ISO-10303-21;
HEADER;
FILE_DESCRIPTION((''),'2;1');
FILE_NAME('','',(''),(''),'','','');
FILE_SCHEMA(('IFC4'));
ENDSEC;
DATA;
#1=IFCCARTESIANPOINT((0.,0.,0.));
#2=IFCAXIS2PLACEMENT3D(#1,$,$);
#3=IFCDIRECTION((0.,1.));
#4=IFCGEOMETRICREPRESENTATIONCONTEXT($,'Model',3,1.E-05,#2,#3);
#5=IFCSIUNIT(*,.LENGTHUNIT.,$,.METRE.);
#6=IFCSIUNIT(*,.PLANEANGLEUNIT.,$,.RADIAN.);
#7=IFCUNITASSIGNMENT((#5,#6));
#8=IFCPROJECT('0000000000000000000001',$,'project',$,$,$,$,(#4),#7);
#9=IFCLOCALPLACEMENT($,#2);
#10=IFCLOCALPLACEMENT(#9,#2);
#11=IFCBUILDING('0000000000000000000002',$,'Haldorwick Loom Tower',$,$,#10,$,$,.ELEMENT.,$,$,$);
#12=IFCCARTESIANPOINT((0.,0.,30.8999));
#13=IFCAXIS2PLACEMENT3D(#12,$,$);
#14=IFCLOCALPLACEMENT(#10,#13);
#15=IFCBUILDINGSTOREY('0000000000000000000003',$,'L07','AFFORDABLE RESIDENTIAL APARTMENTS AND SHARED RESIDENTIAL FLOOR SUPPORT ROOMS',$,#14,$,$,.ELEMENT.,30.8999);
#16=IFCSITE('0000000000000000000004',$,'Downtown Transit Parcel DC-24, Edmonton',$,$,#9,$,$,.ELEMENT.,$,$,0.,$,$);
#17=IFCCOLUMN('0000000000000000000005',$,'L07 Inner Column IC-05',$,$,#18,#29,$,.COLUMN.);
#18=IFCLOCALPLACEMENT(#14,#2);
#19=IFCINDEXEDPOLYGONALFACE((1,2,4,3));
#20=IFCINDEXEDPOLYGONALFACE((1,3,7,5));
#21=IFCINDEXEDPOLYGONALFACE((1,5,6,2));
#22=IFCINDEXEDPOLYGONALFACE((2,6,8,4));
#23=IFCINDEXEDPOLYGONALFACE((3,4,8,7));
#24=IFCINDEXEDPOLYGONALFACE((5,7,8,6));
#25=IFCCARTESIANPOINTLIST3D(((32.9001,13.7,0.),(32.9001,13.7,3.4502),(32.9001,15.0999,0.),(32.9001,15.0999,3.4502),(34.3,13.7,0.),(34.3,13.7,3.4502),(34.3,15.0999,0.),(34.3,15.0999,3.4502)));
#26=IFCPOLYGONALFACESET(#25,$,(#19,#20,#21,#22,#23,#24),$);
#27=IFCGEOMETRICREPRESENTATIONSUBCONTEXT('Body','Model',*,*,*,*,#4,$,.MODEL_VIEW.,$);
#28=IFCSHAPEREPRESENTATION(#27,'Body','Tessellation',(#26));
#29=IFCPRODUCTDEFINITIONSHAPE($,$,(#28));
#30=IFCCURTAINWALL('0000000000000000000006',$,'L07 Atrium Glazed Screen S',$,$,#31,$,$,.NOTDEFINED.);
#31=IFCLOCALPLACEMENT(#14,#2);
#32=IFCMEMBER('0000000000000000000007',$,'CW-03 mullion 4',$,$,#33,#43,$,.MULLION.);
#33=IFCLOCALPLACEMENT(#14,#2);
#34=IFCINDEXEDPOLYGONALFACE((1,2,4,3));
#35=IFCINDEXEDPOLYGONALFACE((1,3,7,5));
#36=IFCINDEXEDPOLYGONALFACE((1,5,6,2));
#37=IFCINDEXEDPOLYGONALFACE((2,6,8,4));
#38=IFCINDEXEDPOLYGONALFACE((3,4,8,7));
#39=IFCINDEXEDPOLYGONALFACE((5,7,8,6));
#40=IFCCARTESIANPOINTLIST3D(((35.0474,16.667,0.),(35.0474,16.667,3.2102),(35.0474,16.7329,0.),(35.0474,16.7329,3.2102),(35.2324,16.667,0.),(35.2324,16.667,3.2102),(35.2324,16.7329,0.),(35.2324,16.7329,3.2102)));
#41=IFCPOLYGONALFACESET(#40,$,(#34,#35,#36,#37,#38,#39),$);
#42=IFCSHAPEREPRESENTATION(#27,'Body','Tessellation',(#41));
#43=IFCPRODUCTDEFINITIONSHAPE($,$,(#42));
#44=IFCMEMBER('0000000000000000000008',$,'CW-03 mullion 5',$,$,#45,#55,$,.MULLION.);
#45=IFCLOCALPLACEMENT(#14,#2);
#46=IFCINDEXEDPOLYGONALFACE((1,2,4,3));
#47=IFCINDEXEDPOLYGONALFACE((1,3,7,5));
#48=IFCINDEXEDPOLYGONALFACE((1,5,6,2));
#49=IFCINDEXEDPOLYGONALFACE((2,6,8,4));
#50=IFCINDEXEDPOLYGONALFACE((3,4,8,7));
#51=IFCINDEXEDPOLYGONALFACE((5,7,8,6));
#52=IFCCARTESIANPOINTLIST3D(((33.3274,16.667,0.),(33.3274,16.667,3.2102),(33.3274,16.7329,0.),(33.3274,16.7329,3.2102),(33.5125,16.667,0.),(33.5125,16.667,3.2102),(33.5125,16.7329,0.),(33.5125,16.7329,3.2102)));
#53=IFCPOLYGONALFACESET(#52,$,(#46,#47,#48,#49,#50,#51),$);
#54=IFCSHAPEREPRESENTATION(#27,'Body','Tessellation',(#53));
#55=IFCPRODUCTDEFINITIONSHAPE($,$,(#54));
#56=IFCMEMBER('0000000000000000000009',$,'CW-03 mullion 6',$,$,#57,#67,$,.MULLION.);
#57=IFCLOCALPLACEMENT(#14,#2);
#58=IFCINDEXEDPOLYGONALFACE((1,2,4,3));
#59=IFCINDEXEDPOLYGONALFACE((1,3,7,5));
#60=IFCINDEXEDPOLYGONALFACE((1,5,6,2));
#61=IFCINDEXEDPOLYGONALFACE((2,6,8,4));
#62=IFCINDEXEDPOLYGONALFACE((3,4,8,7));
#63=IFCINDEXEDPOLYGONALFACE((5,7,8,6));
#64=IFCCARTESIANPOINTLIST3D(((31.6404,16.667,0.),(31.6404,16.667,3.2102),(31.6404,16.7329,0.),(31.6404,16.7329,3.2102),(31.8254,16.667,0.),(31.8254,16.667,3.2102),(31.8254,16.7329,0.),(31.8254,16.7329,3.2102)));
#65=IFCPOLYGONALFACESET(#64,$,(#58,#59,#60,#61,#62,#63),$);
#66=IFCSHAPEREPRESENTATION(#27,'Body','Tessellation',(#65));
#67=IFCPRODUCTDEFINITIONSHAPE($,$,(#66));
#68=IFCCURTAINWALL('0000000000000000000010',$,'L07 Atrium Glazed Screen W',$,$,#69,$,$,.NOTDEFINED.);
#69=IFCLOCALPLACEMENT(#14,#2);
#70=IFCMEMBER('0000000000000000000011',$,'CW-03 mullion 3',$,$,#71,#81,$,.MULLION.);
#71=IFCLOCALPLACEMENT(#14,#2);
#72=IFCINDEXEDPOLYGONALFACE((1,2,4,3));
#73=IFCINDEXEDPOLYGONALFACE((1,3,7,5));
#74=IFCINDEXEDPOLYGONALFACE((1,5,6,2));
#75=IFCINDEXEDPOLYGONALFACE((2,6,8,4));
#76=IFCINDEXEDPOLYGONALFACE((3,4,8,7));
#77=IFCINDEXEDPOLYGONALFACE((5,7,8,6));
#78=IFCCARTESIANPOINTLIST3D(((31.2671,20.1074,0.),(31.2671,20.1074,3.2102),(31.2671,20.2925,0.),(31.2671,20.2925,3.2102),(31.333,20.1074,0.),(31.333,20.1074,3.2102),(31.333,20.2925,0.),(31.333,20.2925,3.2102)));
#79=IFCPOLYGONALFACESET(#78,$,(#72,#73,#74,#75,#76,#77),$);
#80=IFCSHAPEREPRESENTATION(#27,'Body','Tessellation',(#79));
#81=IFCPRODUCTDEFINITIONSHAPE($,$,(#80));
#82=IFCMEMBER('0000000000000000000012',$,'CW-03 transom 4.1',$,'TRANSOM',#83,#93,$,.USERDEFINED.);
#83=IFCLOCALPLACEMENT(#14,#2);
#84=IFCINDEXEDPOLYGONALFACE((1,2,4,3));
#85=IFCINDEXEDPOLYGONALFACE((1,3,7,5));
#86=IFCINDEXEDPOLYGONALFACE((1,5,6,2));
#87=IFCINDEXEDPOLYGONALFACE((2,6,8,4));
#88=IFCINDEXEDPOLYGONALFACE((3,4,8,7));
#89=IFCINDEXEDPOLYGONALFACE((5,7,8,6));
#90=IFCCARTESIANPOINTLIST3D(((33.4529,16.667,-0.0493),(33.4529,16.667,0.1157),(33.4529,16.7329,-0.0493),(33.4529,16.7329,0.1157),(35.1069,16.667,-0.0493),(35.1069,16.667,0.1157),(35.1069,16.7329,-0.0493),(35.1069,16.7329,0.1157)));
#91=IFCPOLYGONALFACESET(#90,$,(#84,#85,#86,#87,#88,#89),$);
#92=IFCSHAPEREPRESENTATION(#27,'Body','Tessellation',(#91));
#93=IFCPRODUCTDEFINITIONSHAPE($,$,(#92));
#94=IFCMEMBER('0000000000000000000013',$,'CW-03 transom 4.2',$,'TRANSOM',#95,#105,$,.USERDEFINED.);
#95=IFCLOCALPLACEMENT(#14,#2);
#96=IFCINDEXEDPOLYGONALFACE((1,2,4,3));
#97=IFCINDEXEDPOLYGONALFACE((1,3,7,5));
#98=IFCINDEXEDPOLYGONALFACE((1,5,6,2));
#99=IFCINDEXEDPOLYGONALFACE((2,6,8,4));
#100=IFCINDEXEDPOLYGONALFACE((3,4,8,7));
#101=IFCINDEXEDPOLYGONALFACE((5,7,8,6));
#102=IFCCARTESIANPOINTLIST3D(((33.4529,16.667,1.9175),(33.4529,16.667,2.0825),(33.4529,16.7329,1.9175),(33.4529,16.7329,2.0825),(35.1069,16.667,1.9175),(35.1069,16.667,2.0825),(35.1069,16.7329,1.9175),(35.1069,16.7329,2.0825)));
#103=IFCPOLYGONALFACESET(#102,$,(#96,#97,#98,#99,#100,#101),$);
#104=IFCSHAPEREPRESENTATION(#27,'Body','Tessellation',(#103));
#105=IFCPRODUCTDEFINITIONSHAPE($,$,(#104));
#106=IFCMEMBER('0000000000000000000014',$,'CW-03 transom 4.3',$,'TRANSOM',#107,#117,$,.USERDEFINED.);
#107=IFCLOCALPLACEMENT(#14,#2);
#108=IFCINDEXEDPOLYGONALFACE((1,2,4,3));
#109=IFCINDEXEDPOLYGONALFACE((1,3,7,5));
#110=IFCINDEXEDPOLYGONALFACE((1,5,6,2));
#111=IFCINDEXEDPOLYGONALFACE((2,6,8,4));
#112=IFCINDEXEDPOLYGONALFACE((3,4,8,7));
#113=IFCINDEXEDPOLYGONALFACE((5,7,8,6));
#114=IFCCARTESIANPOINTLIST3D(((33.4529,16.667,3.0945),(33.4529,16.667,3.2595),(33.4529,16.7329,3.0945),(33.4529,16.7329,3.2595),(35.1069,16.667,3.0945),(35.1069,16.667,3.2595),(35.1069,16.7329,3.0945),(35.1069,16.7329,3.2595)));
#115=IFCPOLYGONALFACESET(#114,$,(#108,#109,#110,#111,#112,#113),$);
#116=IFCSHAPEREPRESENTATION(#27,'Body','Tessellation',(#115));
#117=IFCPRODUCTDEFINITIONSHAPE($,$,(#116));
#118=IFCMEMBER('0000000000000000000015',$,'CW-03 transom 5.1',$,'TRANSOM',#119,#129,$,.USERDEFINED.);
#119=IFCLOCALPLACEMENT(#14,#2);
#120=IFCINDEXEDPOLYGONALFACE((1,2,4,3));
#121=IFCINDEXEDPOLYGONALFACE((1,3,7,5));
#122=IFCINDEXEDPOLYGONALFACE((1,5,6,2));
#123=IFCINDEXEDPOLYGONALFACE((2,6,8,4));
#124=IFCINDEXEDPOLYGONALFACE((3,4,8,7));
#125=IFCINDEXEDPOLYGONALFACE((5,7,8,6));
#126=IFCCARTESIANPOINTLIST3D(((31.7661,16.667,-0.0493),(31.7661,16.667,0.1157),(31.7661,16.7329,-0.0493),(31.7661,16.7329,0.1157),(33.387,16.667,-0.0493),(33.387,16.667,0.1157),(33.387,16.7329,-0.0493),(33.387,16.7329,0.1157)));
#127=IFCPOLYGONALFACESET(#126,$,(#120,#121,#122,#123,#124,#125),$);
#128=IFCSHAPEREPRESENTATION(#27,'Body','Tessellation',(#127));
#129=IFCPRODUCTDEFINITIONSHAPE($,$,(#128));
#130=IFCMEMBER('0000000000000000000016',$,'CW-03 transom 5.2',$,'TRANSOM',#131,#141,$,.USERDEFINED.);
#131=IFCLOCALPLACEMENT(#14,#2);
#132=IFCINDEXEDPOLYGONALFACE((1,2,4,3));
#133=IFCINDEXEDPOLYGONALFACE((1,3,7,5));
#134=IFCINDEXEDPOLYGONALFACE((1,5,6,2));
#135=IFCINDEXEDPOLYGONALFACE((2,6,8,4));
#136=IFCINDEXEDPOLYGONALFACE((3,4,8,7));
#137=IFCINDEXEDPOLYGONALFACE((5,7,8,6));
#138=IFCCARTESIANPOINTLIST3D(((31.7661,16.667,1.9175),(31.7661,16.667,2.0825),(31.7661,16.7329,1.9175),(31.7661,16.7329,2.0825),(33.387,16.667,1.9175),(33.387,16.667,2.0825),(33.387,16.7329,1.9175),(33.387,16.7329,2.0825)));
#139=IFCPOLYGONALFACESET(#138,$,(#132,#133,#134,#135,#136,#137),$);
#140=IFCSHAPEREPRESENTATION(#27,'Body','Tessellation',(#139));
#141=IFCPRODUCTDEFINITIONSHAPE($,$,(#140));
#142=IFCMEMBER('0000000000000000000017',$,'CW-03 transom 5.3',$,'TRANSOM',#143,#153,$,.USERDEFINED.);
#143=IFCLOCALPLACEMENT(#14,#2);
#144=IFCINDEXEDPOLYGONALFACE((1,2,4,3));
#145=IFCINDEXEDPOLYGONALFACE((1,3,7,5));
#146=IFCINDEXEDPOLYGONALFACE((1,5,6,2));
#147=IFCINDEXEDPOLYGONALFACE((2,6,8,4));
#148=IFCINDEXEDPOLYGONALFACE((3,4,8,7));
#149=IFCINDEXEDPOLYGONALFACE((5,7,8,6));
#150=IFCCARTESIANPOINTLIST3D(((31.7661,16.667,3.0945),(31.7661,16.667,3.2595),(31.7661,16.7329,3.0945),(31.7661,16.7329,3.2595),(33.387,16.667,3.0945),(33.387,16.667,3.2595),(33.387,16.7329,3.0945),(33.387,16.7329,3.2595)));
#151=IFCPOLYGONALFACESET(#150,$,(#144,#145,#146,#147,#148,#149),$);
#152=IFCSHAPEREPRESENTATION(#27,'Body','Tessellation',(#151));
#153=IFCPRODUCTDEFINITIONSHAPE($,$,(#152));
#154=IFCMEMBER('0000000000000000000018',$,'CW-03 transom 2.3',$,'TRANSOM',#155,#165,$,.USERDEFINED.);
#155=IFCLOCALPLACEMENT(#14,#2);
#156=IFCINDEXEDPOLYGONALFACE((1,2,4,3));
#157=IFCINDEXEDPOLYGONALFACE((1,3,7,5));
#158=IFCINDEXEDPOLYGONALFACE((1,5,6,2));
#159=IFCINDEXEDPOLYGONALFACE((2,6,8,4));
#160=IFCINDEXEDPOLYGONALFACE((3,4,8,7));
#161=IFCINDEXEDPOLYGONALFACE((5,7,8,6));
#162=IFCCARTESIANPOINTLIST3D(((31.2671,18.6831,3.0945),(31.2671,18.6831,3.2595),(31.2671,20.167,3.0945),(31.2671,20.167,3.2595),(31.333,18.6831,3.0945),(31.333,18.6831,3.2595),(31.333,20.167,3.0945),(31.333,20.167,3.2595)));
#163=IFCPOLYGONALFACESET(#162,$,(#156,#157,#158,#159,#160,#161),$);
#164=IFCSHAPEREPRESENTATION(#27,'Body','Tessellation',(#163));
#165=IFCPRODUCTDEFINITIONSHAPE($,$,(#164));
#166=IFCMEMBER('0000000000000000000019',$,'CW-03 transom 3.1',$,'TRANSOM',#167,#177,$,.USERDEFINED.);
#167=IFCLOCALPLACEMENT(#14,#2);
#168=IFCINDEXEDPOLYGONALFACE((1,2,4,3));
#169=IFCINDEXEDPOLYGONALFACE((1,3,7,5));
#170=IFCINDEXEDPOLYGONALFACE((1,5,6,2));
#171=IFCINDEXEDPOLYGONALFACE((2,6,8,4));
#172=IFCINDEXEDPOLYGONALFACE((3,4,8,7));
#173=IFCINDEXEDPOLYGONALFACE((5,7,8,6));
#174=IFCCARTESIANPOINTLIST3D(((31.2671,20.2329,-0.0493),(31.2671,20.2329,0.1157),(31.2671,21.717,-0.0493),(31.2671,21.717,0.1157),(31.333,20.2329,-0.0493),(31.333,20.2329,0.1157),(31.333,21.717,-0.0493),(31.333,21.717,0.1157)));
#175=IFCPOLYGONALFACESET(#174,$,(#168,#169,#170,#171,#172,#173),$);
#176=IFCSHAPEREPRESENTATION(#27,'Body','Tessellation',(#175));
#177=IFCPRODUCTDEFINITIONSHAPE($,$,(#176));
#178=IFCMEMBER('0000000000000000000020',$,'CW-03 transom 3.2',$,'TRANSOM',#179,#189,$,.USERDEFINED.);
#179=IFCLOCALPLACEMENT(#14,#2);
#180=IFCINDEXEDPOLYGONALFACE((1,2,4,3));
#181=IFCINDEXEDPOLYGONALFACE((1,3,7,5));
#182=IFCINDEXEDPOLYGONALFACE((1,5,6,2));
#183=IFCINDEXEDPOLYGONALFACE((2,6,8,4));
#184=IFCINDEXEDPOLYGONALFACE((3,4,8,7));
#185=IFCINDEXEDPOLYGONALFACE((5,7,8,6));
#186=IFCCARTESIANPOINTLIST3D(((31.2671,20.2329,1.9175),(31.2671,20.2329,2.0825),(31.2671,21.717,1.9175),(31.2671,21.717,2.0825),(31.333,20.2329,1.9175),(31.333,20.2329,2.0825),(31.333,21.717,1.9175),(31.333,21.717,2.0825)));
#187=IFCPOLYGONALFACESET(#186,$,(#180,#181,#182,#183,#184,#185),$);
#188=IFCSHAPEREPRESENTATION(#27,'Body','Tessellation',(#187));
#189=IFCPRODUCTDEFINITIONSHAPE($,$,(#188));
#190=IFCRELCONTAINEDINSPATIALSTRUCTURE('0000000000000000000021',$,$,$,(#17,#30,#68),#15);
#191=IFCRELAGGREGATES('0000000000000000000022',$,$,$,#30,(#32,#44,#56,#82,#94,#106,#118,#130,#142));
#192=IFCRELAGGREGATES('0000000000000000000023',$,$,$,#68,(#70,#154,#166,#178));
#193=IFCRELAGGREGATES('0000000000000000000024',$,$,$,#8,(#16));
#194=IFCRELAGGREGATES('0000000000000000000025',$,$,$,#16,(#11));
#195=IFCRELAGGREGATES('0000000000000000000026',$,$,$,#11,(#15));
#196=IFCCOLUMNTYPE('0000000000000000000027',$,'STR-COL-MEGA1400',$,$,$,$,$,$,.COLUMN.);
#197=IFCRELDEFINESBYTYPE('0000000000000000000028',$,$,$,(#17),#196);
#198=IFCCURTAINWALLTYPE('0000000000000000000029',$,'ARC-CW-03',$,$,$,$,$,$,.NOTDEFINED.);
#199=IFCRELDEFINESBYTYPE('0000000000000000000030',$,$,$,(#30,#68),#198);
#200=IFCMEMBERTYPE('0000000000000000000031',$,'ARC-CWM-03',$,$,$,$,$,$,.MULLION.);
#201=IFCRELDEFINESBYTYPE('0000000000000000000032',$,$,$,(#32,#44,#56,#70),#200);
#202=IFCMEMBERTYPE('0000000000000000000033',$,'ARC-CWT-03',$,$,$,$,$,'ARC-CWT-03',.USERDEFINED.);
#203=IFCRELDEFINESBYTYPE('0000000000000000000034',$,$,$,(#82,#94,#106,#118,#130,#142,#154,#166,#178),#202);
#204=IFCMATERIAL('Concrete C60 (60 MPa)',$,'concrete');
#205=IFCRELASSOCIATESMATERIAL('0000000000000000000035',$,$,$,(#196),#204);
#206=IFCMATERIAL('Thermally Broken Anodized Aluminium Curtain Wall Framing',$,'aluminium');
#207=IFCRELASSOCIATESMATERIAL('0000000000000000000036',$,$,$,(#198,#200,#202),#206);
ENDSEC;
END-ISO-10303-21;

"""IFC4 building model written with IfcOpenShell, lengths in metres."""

from ifc_helpers import new_model, si_unit, direction, frame, origin, origin_2d, place, context, subcontext, project, spatial, rectangle, extrude, material, material_profile, profile_set, type_object, element, aggregate, save


model = new_model("IFC4")

# Units and contexts
model_context = context("Model", 3, precision=1e-05, world=origin(), true_north=direction((0.0, 1.0)))
body_context = subcontext(model_context, "Body", "Model", "MODEL_VIEW")
ifc_project = project(units=[si_unit("LENGTHUNIT", "METRE"), si_unit("PLANEANGLEUNIT", "RADIAN")], contexts=[model_context])

# Site, building, storey
site_placement = place(None, origin())
site = spatial("IfcSite", under=ifc_project, at=site_placement, Name="Downtown Transit Parcel DC-24, Edmonton", CompositionType="ELEMENT", RefElevation=0.0)
building_placement = place(site_placement, origin())
building = spatial("IfcBuilding", under=site, at=building_placement, Name="Haldorwick Loom Tower", CompositionType="ELEMENT")
storey_placement = place(building_placement, frame((0.0, 0.0, 30.8999)))
storey = spatial("IfcBuildingStorey", under=building, at=storey_placement, Name="L07", Description="AFFORDABLE RESIDENTIAL APARTMENTS AND SHARED RESIDENTIAL FLOOR SUPPORT ROOMS", CompositionType="ELEMENT", Elevation=30.8999)

# Column
ifc_material_1 = material(Name="Concrete C60 (60 MPa)", Category="concrete")
ifc_material_profile_1 = material_profile(ifc_material_1, rectangle(XDim=1.3999, YDim=1.3999, at=origin_2d()), Name="RC1400X1400", Category="concrete")
ifc_profile_set_1 = profile_set([ifc_material_profile_1], Name="Concrete C60 (60 MPa)")
column_type = type_object("IfcColumnType", Name="STR-COL-MEGA1400", PredefinedType="COLUMN", material=ifc_profile_set_1)
column_placement = place(storey_placement, frame((33.6001, 14.3999, 0.0), z_axis=(0.0, 0.0, 1.0), x_axis=(1.0, 0.0, 0.0)))
element("IfcColumn", 1, at=column_placement, inside=storey, type_object=column_type, Name="L07 Inner Column IC-05", PredefinedType="COLUMN", context=body_context, shape_type="SweptSolid", body=[
    extrude(rectangle(XDim=1.3999, YDim=1.3999, at=origin_2d()), origin(), (0.0, 0.0, 1.0), 3.4502),
])

# Curtain wall, members
ifc_material_2 = material(Name="Thermally Broken Anodized Aluminium Curtain Wall Framing", Category="aluminium")
curtain_wall_type = type_object("IfcCurtainWallType", Name="ARC-CW-03", PredefinedType="NOTDEFINED", material=ifc_material_2)
curtain_wall_1_placement = place(storey_placement, origin())
curtain_wall_1 = element("IfcCurtainWall", 2, at=curtain_wall_1_placement, inside=storey, type_object=curtain_wall_type, Name="L07 Atrium Glazed Screen S", PredefinedType="NOTDEFINED")
ifc_material_profile_2 = material_profile(ifc_material_2, rectangle(XDim=0.0659, YDim=0.1851, at=origin_2d()), Name="ALU_MUL_66X185", Category="aluminium")
ifc_profile_set_2 = profile_set([ifc_material_profile_2], Name="Thermally Broken Anodized Aluminium Curtain Wall Framing")
member_type_1 = type_object("IfcMemberType", Name="ARC-CWM-03", PredefinedType="MULLION", material=ifc_profile_set_2)
member_1_placement = place(storey_placement, frame((35.1399, 16.7, 0.0), z_axis=(0.0, 0.0, 1.0), x_axis=(0.0, -1.0, 0.0)))
member_1 = element("IfcMember", 3, at=member_1_placement, type_object=member_type_1, Name="CW-03 mullion 4", PredefinedType="MULLION", context=body_context, shape_type="SweptSolid", body=[
    extrude(rectangle(XDim=0.0659, YDim=0.1851, at=origin_2d()), origin(), (0.0, 0.0, 1.0), 3.2102),
])
member_2_placement = place(storey_placement, frame((33.4199, 16.7, 0.0), z_axis=(0.0, 0.0, 1.0), x_axis=(0.0, -1.0, 0.0)))
member_2 = element("IfcMember", 4, at=member_2_placement, type_object=member_type_1, Name="CW-03 mullion 5", PredefinedType="MULLION", context=body_context, shape_type="SweptSolid", body=[
    extrude(rectangle(XDim=0.0659, YDim=0.1851, at=origin_2d()), origin(), (0.0, 0.0, 1.0), 3.2102),
])
member_3_placement = place(storey_placement, frame((31.7329, 16.7, 0.0), z_axis=(0.0, 0.0, 1.0), x_axis=(0.0, -1.0, 0.0)))
member_3 = element("IfcMember", 5, at=member_3_placement, type_object=member_type_1, Name="CW-03 mullion 6", PredefinedType="MULLION", context=body_context, shape_type="SweptSolid", body=[
    extrude(rectangle(XDim=0.0659, YDim=0.1851, at=origin_2d()), origin(), (0.0, 0.0, 1.0), 3.2102),
])

# Curtain wall, member
curtain_wall_2_placement = place(storey_placement, origin())
curtain_wall_2 = element("IfcCurtainWall", 6, at=curtain_wall_2_placement, inside=storey, type_object=curtain_wall_type, Name="L07 Atrium Glazed Screen W", PredefinedType="NOTDEFINED")
member_4_placement = place(storey_placement, frame((31.3, 20.2, 0.0), z_axis=(0.0, 0.0, 1.0), x_axis=(-1.0, 0.0, 0.0)))
member_4 = element("IfcMember", 7, at=member_4_placement, type_object=member_type_1, Name="CW-03 mullion 3", PredefinedType="MULLION", context=body_context, shape_type="SweptSolid", body=[
    extrude(rectangle(XDim=0.0659, YDim=0.1851, at=origin_2d()), origin(), (0.0, 0.0, 1.0), 3.2102),
])

# Members
ifc_material_profile_3 = material_profile(ifc_material_2, rectangle(XDim=0.0659, YDim=0.165, at=origin_2d()), Name="ALU_TRN_66X165", Category="aluminium")
ifc_profile_set_3 = profile_set([ifc_material_profile_3], Name="Thermally Broken Anodized Aluminium Curtain Wall Framing")
member_type_2 = type_object("IfcMemberType", Name="ARC-CWT-03", ElementType="ARC-CWT-03", PredefinedType="USERDEFINED", material=ifc_profile_set_3)
member_5_placement = place(storey_placement, frame((35.1069, 16.7, 0.0332), z_axis=(-1.0, 0.0, 0.0), x_axis=(0.0, -1.0, 0.0)))
member_5 = element("IfcMember", 8, at=member_5_placement, type_object=member_type_2, Name="CW-03 transom 4.1", ObjectType="TRANSOM", PredefinedType="USERDEFINED", context=body_context, shape_type="SweptSolid", body=[
    extrude(rectangle(XDim=0.0659, YDim=0.165, at=origin_2d()), origin(), (0.0, 0.0, 1.0), 1.6541),
])
member_6_placement = place(storey_placement, frame((35.1069, 16.7, 2.0), z_axis=(-1.0, 0.0, 0.0), x_axis=(0.0, -1.0, 0.0)))
member_6 = element("IfcMember", 9, at=member_6_placement, type_object=member_type_2, Name="CW-03 transom 4.2", ObjectType="TRANSOM", PredefinedType="USERDEFINED", context=body_context, shape_type="SweptSolid", body=[
    extrude(rectangle(XDim=0.0659, YDim=0.165, at=origin_2d()), origin(), (0.0, 0.0, 1.0), 1.6541),
])
member_7_placement = place(storey_placement, frame((35.1069, 16.7, 3.177), z_axis=(-1.0, 0.0, 0.0), x_axis=(0.0, -1.0, 0.0)))
member_7 = element("IfcMember", 10, at=member_7_placement, type_object=member_type_2, Name="CW-03 transom 4.3", ObjectType="TRANSOM", PredefinedType="USERDEFINED", context=body_context, shape_type="SweptSolid", body=[
    extrude(rectangle(XDim=0.0659, YDim=0.165, at=origin_2d()), origin(), (0.0, 0.0, 1.0), 1.6541),
])
member_8_placement = place(storey_placement, frame((33.387, 16.7, 0.0332), z_axis=(-1.0, 0.0, 0.0), x_axis=(0.0, -1.0, 0.0)))
member_8 = element("IfcMember", 11, at=member_8_placement, type_object=member_type_2, Name="CW-03 transom 5.1", ObjectType="TRANSOM", PredefinedType="USERDEFINED", context=body_context, shape_type="SweptSolid", body=[
    extrude(rectangle(XDim=0.0659, YDim=0.165, at=origin_2d()), origin(), (0.0, 0.0, 1.0), 1.6208),
])
member_9_placement = place(storey_placement, frame((33.387, 16.7, 2.0), z_axis=(-1.0, 0.0, 0.0), x_axis=(0.0, -1.0, 0.0)))
member_9 = element("IfcMember", 12, at=member_9_placement, type_object=member_type_2, Name="CW-03 transom 5.2", ObjectType="TRANSOM", PredefinedType="USERDEFINED", context=body_context, shape_type="SweptSolid", body=[
    extrude(rectangle(XDim=0.0659, YDim=0.165, at=origin_2d()), origin(), (0.0, 0.0, 1.0), 1.6208),
])
member_10_placement = place(storey_placement, frame((33.387, 16.7, 3.177), z_axis=(-1.0, 0.0, 0.0), x_axis=(0.0, -1.0, 0.0)))
member_10 = element("IfcMember", 13, at=member_10_placement, type_object=member_type_2, Name="CW-03 transom 5.3", ObjectType="TRANSOM", PredefinedType="USERDEFINED", context=body_context, shape_type="SweptSolid", body=[
    extrude(rectangle(XDim=0.0659, YDim=0.165, at=origin_2d()), origin(), (0.0, 0.0, 1.0), 1.6208),
])
member_11_placement = place(storey_placement, frame((31.3, 18.6831, 3.177), z_axis=(0.0, 1.0, 0.0), x_axis=(-1.0, 0.0, 0.0)))
member_11 = element("IfcMember", 14, at=member_11_placement, type_object=member_type_2, Name="CW-03 transom 2.3", ObjectType="TRANSOM", PredefinedType="USERDEFINED", context=body_context, shape_type="SweptSolid", body=[
    extrude(rectangle(XDim=0.0659, YDim=0.165, at=origin_2d()), origin(), (0.0, 0.0, 1.0), 1.4839),
])
member_12_placement = place(storey_placement, frame((31.3, 20.2329, 0.0332), z_axis=(0.0, 1.0, 0.0), x_axis=(-1.0, 0.0, 0.0)))
member_12 = element("IfcMember", 15, at=member_12_placement, type_object=member_type_2, Name="CW-03 transom 3.1", ObjectType="TRANSOM", PredefinedType="USERDEFINED", context=body_context, shape_type="SweptSolid", body=[
    extrude(rectangle(XDim=0.0659, YDim=0.165, at=origin_2d()), origin(), (0.0, 0.0, 1.0), 1.4841),
])
member_13_placement = place(storey_placement, frame((31.3, 20.2329, 2.0), z_axis=(0.0, 1.0, 0.0), x_axis=(-1.0, 0.0, 0.0)))
member_13 = element("IfcMember", 16, at=member_13_placement, type_object=member_type_2, Name="CW-03 transom 3.2", ObjectType="TRANSOM", PredefinedType="USERDEFINED", context=body_context, shape_type="SweptSolid", body=[
    extrude(rectangle(XDim=0.0659, YDim=0.165, at=origin_2d()), origin(), (0.0, 0.0, 1.0), 1.4841),
])

aggregate(curtain_wall_1, [member_1, member_2, member_3, member_5, member_6, member_7, member_8, member_9, member_10])
aggregate(curtain_wall_2, [member_4, member_11, member_12, member_13])

save(model, "model.ifc")
